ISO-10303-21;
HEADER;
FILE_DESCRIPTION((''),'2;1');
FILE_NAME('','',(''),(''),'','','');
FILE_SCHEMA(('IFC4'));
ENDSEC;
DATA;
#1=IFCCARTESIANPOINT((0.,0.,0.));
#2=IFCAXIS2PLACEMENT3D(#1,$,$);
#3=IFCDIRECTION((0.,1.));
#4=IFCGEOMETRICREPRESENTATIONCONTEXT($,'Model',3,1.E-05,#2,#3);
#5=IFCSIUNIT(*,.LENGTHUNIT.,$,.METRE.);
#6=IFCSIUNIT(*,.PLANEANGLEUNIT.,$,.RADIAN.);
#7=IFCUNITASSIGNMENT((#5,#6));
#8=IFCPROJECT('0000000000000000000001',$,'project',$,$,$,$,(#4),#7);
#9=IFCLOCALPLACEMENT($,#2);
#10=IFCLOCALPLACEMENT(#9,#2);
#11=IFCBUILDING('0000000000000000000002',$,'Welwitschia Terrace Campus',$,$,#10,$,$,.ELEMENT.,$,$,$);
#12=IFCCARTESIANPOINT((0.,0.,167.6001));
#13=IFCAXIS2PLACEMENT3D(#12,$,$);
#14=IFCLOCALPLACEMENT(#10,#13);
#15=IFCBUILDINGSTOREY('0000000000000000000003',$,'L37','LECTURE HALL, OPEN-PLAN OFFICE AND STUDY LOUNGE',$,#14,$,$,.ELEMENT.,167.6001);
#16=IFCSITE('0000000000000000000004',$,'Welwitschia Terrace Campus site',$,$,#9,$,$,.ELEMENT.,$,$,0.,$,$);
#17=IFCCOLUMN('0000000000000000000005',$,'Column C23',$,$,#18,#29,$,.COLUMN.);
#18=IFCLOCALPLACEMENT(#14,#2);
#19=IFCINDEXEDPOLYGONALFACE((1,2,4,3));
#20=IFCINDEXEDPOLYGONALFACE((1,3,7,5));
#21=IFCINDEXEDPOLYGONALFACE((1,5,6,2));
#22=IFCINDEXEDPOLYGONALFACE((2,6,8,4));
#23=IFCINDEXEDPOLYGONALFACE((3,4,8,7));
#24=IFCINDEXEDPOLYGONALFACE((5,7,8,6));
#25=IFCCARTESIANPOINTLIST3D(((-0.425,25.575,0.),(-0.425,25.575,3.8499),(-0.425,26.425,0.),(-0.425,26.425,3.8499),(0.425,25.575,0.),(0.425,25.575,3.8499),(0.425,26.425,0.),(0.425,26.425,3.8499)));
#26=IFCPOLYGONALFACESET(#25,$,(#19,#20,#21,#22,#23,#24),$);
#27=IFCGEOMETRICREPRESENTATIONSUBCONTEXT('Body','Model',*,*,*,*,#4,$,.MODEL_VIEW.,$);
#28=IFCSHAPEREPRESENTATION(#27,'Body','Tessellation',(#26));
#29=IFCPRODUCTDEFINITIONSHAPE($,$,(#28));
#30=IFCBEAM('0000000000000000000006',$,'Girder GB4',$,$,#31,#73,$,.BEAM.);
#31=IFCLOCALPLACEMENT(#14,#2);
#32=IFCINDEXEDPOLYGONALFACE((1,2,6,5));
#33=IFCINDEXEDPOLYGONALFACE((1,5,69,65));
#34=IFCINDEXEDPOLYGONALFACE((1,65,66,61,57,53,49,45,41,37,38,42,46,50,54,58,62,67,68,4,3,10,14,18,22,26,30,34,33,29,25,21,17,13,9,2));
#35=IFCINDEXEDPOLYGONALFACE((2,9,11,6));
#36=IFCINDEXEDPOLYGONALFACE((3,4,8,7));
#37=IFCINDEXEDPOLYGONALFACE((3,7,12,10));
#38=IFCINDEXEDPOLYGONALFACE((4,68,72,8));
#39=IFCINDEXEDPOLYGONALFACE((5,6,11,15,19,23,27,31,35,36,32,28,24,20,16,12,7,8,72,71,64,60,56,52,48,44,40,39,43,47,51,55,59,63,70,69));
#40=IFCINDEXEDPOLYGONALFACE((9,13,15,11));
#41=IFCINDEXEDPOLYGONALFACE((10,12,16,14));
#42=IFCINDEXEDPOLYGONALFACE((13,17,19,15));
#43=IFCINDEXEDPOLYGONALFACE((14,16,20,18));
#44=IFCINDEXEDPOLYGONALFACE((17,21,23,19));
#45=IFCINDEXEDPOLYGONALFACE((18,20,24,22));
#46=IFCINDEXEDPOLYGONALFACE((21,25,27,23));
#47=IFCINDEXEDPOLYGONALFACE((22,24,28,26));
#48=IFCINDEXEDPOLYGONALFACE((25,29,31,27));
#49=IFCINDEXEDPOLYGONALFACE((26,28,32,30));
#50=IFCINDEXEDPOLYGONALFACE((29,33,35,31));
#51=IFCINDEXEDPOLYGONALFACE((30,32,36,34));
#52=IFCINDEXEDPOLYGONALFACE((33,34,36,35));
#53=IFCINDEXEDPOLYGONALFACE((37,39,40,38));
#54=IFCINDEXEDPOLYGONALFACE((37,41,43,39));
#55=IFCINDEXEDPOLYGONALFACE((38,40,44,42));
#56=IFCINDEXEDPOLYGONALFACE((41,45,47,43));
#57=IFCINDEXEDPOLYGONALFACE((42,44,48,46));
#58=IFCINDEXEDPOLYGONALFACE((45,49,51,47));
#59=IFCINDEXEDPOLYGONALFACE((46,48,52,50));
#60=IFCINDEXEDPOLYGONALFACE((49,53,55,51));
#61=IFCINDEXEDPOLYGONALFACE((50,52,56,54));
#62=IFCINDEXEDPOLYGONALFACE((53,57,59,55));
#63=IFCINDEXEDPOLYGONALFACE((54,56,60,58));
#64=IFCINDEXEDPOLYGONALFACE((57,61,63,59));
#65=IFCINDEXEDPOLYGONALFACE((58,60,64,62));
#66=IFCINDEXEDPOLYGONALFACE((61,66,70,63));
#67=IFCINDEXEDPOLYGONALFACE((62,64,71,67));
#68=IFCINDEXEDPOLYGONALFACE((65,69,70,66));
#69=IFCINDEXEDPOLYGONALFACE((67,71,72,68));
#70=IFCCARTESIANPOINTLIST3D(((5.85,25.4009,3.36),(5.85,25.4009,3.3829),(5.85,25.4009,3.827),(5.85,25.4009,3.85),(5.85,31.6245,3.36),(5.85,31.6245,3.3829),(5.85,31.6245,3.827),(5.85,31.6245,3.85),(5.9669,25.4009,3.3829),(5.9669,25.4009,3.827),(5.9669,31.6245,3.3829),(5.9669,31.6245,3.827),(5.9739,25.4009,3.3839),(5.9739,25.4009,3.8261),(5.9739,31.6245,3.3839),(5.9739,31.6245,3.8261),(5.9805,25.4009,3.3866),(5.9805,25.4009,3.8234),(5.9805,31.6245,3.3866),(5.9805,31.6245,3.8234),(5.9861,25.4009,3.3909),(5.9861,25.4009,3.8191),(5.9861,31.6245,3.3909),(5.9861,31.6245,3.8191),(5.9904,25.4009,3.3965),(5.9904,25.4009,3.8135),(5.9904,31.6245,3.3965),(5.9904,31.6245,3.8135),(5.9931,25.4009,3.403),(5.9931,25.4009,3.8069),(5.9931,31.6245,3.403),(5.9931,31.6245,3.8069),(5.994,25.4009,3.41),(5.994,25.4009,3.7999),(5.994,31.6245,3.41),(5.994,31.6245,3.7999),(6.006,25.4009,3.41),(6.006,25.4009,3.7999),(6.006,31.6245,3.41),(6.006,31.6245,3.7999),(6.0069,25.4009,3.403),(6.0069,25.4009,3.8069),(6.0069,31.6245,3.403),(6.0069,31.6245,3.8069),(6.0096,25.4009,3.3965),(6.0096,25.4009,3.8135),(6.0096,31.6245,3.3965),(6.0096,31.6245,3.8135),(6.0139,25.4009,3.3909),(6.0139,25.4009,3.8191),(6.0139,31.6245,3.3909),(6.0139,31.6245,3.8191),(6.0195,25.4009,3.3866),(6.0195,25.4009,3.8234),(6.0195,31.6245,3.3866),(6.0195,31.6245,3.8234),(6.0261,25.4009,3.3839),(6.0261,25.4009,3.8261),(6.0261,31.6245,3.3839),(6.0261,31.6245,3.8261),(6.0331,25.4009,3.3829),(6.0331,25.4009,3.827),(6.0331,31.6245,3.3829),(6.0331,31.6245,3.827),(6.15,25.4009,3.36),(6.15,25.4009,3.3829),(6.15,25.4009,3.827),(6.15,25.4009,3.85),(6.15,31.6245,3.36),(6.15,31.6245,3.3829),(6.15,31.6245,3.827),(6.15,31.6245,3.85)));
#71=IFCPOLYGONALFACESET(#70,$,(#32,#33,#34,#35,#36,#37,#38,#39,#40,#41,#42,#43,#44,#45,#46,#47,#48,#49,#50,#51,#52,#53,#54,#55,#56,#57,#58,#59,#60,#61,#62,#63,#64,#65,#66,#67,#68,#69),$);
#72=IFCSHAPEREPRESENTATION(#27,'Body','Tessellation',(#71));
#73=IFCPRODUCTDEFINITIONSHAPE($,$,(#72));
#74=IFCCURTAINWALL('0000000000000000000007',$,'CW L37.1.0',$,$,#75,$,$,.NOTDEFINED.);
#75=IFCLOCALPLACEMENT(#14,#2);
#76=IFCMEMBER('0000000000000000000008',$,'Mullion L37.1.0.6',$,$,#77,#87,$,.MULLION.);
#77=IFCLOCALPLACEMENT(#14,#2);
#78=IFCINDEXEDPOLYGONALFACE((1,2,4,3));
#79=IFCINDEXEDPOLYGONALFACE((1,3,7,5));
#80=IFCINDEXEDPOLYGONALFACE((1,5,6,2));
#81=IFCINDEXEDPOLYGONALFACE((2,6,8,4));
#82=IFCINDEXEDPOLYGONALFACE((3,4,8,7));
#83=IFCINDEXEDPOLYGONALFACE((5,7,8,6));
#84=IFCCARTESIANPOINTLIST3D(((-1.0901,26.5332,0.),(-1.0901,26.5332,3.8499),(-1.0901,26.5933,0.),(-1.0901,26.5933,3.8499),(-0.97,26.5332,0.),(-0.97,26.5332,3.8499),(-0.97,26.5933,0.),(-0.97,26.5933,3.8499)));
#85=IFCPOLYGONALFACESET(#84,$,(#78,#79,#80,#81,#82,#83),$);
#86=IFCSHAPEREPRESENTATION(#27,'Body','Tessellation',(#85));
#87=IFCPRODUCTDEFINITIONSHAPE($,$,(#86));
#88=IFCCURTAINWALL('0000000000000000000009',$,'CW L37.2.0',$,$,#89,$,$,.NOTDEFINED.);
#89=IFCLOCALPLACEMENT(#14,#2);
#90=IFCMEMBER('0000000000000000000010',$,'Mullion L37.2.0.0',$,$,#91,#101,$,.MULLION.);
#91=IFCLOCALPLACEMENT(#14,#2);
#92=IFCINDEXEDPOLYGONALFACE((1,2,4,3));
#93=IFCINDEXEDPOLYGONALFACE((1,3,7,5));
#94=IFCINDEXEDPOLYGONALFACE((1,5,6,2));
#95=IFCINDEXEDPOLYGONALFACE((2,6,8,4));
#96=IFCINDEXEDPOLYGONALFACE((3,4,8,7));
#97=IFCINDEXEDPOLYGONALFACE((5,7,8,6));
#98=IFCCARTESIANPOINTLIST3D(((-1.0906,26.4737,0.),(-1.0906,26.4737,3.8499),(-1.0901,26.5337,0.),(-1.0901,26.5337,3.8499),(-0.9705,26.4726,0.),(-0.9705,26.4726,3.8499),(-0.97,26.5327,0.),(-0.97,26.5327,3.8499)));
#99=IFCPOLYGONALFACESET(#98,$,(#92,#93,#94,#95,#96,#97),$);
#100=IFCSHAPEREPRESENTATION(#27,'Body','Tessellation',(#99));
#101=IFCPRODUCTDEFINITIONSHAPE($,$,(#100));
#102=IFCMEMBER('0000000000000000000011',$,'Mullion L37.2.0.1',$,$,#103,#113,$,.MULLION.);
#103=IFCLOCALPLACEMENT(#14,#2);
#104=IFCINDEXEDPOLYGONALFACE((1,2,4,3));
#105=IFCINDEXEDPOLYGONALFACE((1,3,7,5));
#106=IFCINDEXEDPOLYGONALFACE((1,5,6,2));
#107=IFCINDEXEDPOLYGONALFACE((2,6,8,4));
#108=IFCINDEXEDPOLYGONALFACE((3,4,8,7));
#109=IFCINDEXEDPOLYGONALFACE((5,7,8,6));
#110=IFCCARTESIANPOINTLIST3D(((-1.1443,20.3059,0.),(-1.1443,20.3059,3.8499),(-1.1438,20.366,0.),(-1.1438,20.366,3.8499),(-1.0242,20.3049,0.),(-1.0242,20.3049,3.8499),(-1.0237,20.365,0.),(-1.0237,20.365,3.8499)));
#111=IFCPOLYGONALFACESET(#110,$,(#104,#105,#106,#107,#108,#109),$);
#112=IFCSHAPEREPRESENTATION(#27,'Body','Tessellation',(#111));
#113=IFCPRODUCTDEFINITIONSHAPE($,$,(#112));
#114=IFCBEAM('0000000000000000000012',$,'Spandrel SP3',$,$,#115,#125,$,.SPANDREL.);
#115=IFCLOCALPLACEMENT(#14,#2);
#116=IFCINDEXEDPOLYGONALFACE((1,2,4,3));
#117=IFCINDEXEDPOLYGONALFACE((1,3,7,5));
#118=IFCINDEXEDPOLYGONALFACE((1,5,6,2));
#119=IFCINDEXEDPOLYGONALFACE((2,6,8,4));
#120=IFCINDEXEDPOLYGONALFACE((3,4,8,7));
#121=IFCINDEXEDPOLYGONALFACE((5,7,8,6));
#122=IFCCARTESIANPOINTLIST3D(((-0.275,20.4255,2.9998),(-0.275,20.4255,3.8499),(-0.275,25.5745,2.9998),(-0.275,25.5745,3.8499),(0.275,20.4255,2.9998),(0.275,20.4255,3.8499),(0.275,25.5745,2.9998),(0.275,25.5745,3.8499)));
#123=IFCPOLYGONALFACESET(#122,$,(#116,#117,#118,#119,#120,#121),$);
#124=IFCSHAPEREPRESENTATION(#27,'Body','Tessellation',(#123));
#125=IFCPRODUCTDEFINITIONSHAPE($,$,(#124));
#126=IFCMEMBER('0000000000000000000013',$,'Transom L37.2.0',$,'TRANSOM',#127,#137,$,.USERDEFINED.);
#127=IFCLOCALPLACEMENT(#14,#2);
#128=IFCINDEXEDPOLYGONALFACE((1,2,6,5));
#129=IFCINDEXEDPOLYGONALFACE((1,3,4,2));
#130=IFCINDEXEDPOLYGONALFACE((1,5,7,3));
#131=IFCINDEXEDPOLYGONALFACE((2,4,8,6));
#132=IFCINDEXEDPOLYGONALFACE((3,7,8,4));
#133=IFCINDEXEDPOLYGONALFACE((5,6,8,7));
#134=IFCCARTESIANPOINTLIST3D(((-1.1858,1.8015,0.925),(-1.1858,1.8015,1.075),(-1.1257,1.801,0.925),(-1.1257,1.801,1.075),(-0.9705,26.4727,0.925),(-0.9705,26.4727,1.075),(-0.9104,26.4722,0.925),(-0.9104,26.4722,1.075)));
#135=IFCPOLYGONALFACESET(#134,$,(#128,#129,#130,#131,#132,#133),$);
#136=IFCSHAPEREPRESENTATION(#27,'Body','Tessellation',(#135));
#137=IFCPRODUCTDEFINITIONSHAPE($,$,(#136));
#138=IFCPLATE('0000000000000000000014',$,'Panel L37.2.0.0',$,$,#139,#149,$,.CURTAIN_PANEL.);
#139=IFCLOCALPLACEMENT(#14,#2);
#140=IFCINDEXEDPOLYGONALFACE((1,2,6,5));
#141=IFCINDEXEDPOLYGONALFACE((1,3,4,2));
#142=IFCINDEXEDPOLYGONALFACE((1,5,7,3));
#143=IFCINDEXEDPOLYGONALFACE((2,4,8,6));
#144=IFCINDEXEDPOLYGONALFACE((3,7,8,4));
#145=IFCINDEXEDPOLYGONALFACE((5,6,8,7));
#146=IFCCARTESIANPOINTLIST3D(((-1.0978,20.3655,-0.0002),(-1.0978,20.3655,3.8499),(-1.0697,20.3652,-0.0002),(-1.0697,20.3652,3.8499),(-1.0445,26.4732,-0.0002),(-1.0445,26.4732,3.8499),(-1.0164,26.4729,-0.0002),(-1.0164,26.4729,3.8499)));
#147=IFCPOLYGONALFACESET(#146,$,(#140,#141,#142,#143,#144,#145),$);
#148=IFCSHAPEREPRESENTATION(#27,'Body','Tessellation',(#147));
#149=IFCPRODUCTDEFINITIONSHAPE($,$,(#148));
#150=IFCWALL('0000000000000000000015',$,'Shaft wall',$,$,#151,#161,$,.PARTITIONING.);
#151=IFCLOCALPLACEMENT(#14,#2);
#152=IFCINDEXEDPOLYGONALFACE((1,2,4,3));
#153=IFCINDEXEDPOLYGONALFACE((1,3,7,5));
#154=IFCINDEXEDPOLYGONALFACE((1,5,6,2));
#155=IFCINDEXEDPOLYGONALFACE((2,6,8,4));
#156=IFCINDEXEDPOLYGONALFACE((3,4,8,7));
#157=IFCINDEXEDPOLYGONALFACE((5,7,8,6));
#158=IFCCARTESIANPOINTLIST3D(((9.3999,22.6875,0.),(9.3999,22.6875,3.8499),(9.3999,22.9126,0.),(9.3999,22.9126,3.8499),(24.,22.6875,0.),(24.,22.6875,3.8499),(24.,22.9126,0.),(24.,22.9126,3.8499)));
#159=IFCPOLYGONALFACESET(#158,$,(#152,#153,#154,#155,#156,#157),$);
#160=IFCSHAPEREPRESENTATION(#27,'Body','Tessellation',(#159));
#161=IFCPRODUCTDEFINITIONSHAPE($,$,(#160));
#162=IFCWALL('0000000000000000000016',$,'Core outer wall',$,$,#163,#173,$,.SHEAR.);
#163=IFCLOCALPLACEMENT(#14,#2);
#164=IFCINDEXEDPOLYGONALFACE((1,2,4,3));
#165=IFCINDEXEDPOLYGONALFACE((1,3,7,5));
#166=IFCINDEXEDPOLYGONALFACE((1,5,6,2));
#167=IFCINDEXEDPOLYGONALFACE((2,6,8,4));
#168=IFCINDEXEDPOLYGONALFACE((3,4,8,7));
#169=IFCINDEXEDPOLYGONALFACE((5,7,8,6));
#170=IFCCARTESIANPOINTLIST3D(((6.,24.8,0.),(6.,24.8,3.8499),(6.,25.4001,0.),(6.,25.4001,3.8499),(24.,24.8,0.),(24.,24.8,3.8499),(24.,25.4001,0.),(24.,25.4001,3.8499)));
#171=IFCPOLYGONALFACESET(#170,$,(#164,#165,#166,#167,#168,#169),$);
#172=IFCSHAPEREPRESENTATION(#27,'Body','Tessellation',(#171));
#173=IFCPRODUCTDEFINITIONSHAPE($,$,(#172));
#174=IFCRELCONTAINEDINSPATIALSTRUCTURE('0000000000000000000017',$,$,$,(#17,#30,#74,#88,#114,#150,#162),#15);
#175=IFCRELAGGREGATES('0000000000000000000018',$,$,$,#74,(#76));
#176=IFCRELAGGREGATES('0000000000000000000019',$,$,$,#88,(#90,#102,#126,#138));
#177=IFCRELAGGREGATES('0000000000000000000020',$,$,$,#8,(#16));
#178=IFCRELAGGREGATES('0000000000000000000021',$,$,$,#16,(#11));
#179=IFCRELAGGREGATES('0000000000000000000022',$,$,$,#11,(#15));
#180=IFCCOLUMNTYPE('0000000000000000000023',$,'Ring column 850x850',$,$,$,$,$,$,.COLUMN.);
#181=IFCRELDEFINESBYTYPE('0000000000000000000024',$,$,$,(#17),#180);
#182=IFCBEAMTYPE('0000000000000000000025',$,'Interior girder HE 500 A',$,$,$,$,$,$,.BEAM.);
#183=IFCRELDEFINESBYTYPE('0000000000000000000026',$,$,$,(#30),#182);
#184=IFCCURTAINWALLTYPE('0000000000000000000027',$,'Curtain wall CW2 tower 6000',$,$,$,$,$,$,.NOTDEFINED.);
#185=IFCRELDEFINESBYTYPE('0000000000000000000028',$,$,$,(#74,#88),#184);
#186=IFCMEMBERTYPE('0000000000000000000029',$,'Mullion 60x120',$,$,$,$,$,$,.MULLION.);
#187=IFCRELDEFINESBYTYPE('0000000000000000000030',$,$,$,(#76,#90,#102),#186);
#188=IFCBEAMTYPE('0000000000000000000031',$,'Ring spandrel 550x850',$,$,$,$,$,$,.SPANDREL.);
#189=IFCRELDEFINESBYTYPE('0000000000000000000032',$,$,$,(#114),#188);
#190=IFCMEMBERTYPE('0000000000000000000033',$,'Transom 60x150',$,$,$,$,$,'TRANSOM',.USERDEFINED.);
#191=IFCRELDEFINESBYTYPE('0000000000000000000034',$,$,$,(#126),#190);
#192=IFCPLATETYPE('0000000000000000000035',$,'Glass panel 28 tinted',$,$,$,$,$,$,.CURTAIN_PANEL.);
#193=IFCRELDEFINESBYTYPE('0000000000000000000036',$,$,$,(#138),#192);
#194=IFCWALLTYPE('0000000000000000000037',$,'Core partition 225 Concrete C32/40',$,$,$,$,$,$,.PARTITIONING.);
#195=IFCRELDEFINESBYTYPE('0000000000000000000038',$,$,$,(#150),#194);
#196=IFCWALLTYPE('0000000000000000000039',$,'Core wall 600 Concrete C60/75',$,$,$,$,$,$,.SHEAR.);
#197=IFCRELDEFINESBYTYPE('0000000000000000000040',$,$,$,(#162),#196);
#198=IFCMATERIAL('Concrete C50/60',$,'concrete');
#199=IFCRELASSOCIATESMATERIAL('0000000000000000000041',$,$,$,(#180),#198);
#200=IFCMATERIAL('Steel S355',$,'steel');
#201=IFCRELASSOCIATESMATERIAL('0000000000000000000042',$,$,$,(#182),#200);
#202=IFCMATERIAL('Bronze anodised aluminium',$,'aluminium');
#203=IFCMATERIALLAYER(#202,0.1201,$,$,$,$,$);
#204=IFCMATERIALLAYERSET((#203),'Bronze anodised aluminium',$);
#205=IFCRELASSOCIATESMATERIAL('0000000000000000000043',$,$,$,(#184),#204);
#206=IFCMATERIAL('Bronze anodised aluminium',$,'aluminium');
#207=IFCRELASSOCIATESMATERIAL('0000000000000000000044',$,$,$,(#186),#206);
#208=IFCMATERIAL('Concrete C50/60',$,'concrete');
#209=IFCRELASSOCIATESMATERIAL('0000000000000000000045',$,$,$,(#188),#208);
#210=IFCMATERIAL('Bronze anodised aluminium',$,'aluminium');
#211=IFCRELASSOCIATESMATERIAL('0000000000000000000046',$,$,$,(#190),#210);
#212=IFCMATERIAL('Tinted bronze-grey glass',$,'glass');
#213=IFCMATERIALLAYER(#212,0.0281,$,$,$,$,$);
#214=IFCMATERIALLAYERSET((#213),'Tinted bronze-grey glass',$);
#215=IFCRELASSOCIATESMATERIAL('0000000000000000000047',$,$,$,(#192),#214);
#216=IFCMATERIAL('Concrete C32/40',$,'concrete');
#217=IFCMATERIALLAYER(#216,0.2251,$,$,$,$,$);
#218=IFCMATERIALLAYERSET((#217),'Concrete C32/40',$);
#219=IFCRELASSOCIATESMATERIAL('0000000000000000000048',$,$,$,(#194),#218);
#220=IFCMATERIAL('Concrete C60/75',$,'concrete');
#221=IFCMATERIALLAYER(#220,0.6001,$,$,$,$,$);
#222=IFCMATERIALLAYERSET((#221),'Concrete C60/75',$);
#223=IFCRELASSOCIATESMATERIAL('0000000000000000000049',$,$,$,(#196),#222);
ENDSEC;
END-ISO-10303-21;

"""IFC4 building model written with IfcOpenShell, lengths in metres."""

from ifc_helpers import new_model, si_unit, direction, frame, frame_2d, origin, origin_2d, place, context, subcontext, project, spatial, rectangle, i_section, extrude, material, layer, layer_set, material_profile, profile_set, type_object, element, aggregate, save


model = new_model("IFC4")

# Units and contexts
model_context = context("Model", 3, precision=1e-05, world=origin(), true_north=direction((0.0, 1.0)))
body_context = subcontext(model_context, "Body", "Model", "MODEL_VIEW")
ifc_project = project(units=[si_unit("LENGTHUNIT", "METRE"), si_unit("PLANEANGLEUNIT", "RADIAN")], contexts=[model_context])

# Site, building, storey
site_placement = place(None, origin())
site = spatial("IfcSite", under=ifc_project, at=site_placement, Name="Welwitschia Terrace Campus site", CompositionType="ELEMENT", RefElevation=0.0)
building_placement = place(site_placement, origin())
building = spatial("IfcBuilding", under=site, at=building_placement, Name="Welwitschia Terrace Campus", CompositionType="ELEMENT")
storey_placement = place(building_placement, frame((0.0, 0.0, 167.6001)))
storey = spatial("IfcBuildingStorey", under=building, at=storey_placement, Name="L37", Description="LECTURE HALL, OPEN-PLAN OFFICE AND STUDY LOUNGE", CompositionType="ELEMENT", Elevation=167.6001)

# Column
ifc_material_1 = material(Name="Concrete C50/60", Category="concrete")
ifc_material_profile_1 = material_profile(ifc_material_1, rectangle(XDim=0.8501, YDim=0.8501, at=origin_2d()))
ifc_profile_set_1 = profile_set([ifc_material_profile_1], Name="Concrete C50/60")
column_type = type_object("IfcColumnType", Name="Ring column 850x850", PredefinedType="COLUMN", material=ifc_profile_set_1)
column_placement = place(storey_placement, frame((0.0, 26.0, 0.0), z_axis=(0.0, 0.0, 1.0), x_axis=(1.0, 0.0, 0.0)))
element("IfcColumn", 1, at=column_placement, inside=storey, type_object=column_type, Name="Column C23", PredefinedType="COLUMN", context=body_context, shape_type="SweptSolid", body=[
    extrude(rectangle(XDim=0.8501, YDim=0.8501, at=origin_2d()), origin(), (0.0, 0.0, 1.0), 3.8499),
])

# Beam
ifc_material_2 = material(Name="Steel S355", Category="steel")
ifc_material_profile_2 = material_profile(ifc_material_2, i_section(OverallWidth=0.3, OverallDepth=0.49, WebThickness=0.012, FlangeThickness=0.0229, FilletRadius=0.0271, at=origin_2d()))
ifc_profile_set_2 = profile_set([ifc_material_profile_2], Name="Steel S355")
beam_type_1 = type_object("IfcBeamType", Name="Interior girder HE 500 A", PredefinedType="BEAM", material=ifc_profile_set_2)
beam_1_placement = place(storey_placement, frame((6.0, 25.4009, 3.605), z_axis=(0.0, 1.0, 0.0), x_axis=(-1.0, 0.0, 0.0)))
element("IfcBeam", 2, at=beam_1_placement, inside=storey, type_object=beam_type_1, Name="Girder GB4", PredefinedType="BEAM", context=body_context, shape_type="SweptSolid", body=[
    extrude(i_section(OverallWidth=0.3, OverallDepth=0.49, WebThickness=0.012, FlangeThickness=0.0229, FilletRadius=0.0271, at=origin_2d()), origin(), (0.0, 0.0, 1.0), 6.2236),
])

# Curtain wall, member
ifc_material_3 = material(Name="Bronze anodised aluminium", Category="aluminium")
ifc_layer_1 = layer(ifc_material_3, 0.1201)
ifc_layer_set_1 = layer_set([ifc_layer_1], Name="Bronze anodised aluminium")
curtain_wall_type = type_object("IfcCurtainWallType", Name="Curtain wall CW2 tower 6000", PredefinedType="NOTDEFINED", material=ifc_layer_set_1)
curtain_wall_1_placement = place(storey_placement, origin())
curtain_wall_1 = element("IfcCurtainWall", 3, at=curtain_wall_1_placement, inside=storey, type_object=curtain_wall_type, Name="CW L37.1.0", PredefinedType="NOTDEFINED")
ifc_material_4 = material(Name="Bronze anodised aluminium", Category="aluminium")
ifc_material_profile_3 = material_profile(ifc_material_4, rectangle(XDim=0.1201, YDim=0.0601, at=origin_2d()))
ifc_profile_set_3 = profile_set([ifc_material_profile_3], Name="Bronze anodised aluminium")
member_type_1 = type_object("IfcMemberType", Name="Mullion 60x120", PredefinedType="MULLION", material=ifc_profile_set_3)
member_1_placement = place(storey_placement, frame((-1.03, 26.5632, 0.0), z_axis=(0.0, 0.0, 1.0), x_axis=(1.0, 0.0, 0.0)))
member_1 = element("IfcMember", 4, at=member_1_placement, type_object=member_type_1, Name="Mullion L37.1.0.6", PredefinedType="MULLION", context=body_context, shape_type="SweptSolid", body=[
    extrude(rectangle(XDim=0.1201, YDim=0.0601, at=origin_2d()), origin(), (0.0, 0.0, 1.0), 3.8499),
])
aggregate(curtain_wall_1, [member_1])

# Curtain wall, members
curtain_wall_2_placement = place(storey_placement, origin())
curtain_wall_2 = element("IfcCurtainWall", 5, at=curtain_wall_2_placement, inside=storey, type_object=curtain_wall_type, Name="CW L37.2.0", PredefinedType="NOTDEFINED")
member_2_placement = place(storey_placement, frame((-1.0303, 26.5032, 0.0), z_axis=(0.0, 0.0, 1.0), x_axis=(0.999962, -0.008727, 0.0)))
member_2 = element("IfcMember", 6, at=member_2_placement, type_object=member_type_1, Name="Mullion L37.2.0.0", PredefinedType="MULLION", context=body_context, shape_type="SweptSolid", body=[
    extrude(rectangle(XDim=0.1201, YDim=0.0601, at=origin_2d()), origin(), (0.0, 0.0, 1.0), 3.8499),
])
member_3_placement = place(storey_placement, frame((-1.084, 20.3354, 0.0), z_axis=(0.0, 0.0, 1.0), x_axis=(0.999962, -0.008727, 0.0)))
member_3 = element("IfcMember", 7, at=member_3_placement, type_object=member_type_1, Name="Mullion L37.2.0.1", PredefinedType="MULLION", context=body_context, shape_type="SweptSolid", body=[
    extrude(rectangle(XDim=0.1201, YDim=0.0601, at=origin_2d()), origin(), (0.0, 0.0, 1.0), 3.8499),
])

# Beam
ifc_material_5 = material(Name="Concrete C50/60", Category="concrete")
ifc_material_profile_4 = material_profile(ifc_material_5, rectangle(XDim=0.55, YDim=0.8501, at=origin_2d()))
ifc_profile_set_4 = profile_set([ifc_material_profile_4], Name="Concrete C50/60")
beam_type_2 = type_object("IfcBeamType", Name="Ring spandrel 550x850", PredefinedType="SPANDREL", material=ifc_profile_set_4)
beam_2_placement = place(storey_placement, frame((0.0, 25.5745, 3.4248), z_axis=(0.0, -1.0, 0.0), x_axis=(1.0, 0.0, 0.0)))
element("IfcBeam", 8, at=beam_2_placement, inside=storey, type_object=beam_type_2, Name="Spandrel SP3", PredefinedType="SPANDREL", context=body_context, shape_type="SweptSolid", body=[
    extrude(rectangle(XDim=0.55, YDim=0.8501, at=origin_2d()), origin(), (0.0, 0.0, 1.0), 5.1489),
])

# Member
ifc_material_6 = material(Name="Bronze anodised aluminium", Category="aluminium")
ifc_material_profile_5 = material_profile(ifc_material_6, rectangle(XDim=0.0601, YDim=0.1499, at=origin_2d()))
ifc_profile_set_5 = profile_set([ifc_material_profile_5], Name="Bronze anodised aluminium")
member_type_2 = type_object("IfcMemberType", Name="Transom 60x150", ElementType="TRANSOM", PredefinedType="USERDEFINED", material=ifc_profile_set_5)
member_4_placement = place(storey_placement, frame((-0.9404, 26.4724, 1.0), z_axis=(-0.008728, -0.999962, 0.0), x_axis=(0.999962, -0.008728, 0.0)))
member_4 = element("IfcMember", 9, at=member_4_placement, type_object=member_type_2, Name="Transom L37.2.0", ObjectType="TRANSOM", PredefinedType="USERDEFINED", context=body_context, shape_type="SweptSolid", body=[
    extrude(rectangle(XDim=0.0601, YDim=0.1499, at=origin_2d()), origin(), (0.0, 0.0, 1.0), 24.6721),
])

# Plate
ifc_material_7 = material(Name="Tinted bronze-grey glass", Category="glass")
ifc_layer_2 = layer(ifc_material_7, 0.0281)
ifc_layer_set_2 = layer_set([ifc_layer_2], Name="Tinted bronze-grey glass")
plate_type = type_object("IfcPlateType", Name="Glass panel 28 tinted", PredefinedType="CURTAIN_PANEL", material=ifc_layer_set_2)
plate_placement = place(storey_placement, frame((-1.0571, 23.4192, -0.0002), z_axis=(0.0, 0.0, 1.0), x_axis=(-0.008727, -0.999962, 0.0)))
plate = element("IfcPlate", 10, at=plate_placement, type_object=plate_type, Name="Panel L37.2.0.0", PredefinedType="CURTAIN_PANEL", context=body_context, shape_type="SweptSolid", body=[
    extrude(rectangle(XDim=6.1079, YDim=0.0281, at=origin_2d()), origin(), (0.0, 0.0, 1.0), 3.8501),
])
aggregate(curtain_wall_2, [member_2, member_3, member_4, plate])

# Walls
ifc_material_8 = material(Name="Concrete C32/40", Category="concrete")
ifc_layer_3 = layer(ifc_material_8, 0.2251)
ifc_layer_set_3 = layer_set([ifc_layer_3], Name="Concrete C32/40")
wall_type_1 = type_object("IfcWallType", Name="Core partition 225 Concrete C32/40", PredefinedType="PARTITIONING", material=ifc_layer_set_3)
wall_1_placement = place(storey_placement, frame((9.3999, 22.8, 0.0), z_axis=(0.0, 0.0, 1.0), x_axis=(1.0, 0.0, 0.0)))
element("IfcWall", 11, at=wall_1_placement, inside=storey, type_object=wall_type_1, Name="Shaft wall", PredefinedType="PARTITIONING", context=body_context, shape_type="SweptSolid", body=[
    extrude(rectangle(XDim=14.6001, YDim=0.2251, at=frame_2d((7.3, 0.0))), origin(), (0.0, 0.0, 1.0), 3.8499),
])
ifc_material_9 = material(Name="Concrete C60/75", Category="concrete")
ifc_layer_4 = layer(ifc_material_9, 0.6001)
ifc_layer_set_4 = layer_set([ifc_layer_4], Name="Concrete C60/75")
wall_type_2 = type_object("IfcWallType", Name="Core wall 600 Concrete C60/75", PredefinedType="SHEAR", material=ifc_layer_set_4)
wall_2_placement = place(storey_placement, frame((6.0, 25.1001, 0.0), z_axis=(0.0, 0.0, 1.0), x_axis=(1.0, 0.0, 0.0)))
element("IfcWall", 12, at=wall_2_placement, inside=storey, type_object=wall_type_2, Name="Core outer wall", PredefinedType="SHEAR", context=body_context, shape_type="SweptSolid", body=[
    extrude(rectangle(XDim=18.0, YDim=0.6001, at=frame_2d((9.0, 0.0))), origin(), (0.0, 0.0, 1.0), 3.8499),
])

save(model, "model.ifc")
